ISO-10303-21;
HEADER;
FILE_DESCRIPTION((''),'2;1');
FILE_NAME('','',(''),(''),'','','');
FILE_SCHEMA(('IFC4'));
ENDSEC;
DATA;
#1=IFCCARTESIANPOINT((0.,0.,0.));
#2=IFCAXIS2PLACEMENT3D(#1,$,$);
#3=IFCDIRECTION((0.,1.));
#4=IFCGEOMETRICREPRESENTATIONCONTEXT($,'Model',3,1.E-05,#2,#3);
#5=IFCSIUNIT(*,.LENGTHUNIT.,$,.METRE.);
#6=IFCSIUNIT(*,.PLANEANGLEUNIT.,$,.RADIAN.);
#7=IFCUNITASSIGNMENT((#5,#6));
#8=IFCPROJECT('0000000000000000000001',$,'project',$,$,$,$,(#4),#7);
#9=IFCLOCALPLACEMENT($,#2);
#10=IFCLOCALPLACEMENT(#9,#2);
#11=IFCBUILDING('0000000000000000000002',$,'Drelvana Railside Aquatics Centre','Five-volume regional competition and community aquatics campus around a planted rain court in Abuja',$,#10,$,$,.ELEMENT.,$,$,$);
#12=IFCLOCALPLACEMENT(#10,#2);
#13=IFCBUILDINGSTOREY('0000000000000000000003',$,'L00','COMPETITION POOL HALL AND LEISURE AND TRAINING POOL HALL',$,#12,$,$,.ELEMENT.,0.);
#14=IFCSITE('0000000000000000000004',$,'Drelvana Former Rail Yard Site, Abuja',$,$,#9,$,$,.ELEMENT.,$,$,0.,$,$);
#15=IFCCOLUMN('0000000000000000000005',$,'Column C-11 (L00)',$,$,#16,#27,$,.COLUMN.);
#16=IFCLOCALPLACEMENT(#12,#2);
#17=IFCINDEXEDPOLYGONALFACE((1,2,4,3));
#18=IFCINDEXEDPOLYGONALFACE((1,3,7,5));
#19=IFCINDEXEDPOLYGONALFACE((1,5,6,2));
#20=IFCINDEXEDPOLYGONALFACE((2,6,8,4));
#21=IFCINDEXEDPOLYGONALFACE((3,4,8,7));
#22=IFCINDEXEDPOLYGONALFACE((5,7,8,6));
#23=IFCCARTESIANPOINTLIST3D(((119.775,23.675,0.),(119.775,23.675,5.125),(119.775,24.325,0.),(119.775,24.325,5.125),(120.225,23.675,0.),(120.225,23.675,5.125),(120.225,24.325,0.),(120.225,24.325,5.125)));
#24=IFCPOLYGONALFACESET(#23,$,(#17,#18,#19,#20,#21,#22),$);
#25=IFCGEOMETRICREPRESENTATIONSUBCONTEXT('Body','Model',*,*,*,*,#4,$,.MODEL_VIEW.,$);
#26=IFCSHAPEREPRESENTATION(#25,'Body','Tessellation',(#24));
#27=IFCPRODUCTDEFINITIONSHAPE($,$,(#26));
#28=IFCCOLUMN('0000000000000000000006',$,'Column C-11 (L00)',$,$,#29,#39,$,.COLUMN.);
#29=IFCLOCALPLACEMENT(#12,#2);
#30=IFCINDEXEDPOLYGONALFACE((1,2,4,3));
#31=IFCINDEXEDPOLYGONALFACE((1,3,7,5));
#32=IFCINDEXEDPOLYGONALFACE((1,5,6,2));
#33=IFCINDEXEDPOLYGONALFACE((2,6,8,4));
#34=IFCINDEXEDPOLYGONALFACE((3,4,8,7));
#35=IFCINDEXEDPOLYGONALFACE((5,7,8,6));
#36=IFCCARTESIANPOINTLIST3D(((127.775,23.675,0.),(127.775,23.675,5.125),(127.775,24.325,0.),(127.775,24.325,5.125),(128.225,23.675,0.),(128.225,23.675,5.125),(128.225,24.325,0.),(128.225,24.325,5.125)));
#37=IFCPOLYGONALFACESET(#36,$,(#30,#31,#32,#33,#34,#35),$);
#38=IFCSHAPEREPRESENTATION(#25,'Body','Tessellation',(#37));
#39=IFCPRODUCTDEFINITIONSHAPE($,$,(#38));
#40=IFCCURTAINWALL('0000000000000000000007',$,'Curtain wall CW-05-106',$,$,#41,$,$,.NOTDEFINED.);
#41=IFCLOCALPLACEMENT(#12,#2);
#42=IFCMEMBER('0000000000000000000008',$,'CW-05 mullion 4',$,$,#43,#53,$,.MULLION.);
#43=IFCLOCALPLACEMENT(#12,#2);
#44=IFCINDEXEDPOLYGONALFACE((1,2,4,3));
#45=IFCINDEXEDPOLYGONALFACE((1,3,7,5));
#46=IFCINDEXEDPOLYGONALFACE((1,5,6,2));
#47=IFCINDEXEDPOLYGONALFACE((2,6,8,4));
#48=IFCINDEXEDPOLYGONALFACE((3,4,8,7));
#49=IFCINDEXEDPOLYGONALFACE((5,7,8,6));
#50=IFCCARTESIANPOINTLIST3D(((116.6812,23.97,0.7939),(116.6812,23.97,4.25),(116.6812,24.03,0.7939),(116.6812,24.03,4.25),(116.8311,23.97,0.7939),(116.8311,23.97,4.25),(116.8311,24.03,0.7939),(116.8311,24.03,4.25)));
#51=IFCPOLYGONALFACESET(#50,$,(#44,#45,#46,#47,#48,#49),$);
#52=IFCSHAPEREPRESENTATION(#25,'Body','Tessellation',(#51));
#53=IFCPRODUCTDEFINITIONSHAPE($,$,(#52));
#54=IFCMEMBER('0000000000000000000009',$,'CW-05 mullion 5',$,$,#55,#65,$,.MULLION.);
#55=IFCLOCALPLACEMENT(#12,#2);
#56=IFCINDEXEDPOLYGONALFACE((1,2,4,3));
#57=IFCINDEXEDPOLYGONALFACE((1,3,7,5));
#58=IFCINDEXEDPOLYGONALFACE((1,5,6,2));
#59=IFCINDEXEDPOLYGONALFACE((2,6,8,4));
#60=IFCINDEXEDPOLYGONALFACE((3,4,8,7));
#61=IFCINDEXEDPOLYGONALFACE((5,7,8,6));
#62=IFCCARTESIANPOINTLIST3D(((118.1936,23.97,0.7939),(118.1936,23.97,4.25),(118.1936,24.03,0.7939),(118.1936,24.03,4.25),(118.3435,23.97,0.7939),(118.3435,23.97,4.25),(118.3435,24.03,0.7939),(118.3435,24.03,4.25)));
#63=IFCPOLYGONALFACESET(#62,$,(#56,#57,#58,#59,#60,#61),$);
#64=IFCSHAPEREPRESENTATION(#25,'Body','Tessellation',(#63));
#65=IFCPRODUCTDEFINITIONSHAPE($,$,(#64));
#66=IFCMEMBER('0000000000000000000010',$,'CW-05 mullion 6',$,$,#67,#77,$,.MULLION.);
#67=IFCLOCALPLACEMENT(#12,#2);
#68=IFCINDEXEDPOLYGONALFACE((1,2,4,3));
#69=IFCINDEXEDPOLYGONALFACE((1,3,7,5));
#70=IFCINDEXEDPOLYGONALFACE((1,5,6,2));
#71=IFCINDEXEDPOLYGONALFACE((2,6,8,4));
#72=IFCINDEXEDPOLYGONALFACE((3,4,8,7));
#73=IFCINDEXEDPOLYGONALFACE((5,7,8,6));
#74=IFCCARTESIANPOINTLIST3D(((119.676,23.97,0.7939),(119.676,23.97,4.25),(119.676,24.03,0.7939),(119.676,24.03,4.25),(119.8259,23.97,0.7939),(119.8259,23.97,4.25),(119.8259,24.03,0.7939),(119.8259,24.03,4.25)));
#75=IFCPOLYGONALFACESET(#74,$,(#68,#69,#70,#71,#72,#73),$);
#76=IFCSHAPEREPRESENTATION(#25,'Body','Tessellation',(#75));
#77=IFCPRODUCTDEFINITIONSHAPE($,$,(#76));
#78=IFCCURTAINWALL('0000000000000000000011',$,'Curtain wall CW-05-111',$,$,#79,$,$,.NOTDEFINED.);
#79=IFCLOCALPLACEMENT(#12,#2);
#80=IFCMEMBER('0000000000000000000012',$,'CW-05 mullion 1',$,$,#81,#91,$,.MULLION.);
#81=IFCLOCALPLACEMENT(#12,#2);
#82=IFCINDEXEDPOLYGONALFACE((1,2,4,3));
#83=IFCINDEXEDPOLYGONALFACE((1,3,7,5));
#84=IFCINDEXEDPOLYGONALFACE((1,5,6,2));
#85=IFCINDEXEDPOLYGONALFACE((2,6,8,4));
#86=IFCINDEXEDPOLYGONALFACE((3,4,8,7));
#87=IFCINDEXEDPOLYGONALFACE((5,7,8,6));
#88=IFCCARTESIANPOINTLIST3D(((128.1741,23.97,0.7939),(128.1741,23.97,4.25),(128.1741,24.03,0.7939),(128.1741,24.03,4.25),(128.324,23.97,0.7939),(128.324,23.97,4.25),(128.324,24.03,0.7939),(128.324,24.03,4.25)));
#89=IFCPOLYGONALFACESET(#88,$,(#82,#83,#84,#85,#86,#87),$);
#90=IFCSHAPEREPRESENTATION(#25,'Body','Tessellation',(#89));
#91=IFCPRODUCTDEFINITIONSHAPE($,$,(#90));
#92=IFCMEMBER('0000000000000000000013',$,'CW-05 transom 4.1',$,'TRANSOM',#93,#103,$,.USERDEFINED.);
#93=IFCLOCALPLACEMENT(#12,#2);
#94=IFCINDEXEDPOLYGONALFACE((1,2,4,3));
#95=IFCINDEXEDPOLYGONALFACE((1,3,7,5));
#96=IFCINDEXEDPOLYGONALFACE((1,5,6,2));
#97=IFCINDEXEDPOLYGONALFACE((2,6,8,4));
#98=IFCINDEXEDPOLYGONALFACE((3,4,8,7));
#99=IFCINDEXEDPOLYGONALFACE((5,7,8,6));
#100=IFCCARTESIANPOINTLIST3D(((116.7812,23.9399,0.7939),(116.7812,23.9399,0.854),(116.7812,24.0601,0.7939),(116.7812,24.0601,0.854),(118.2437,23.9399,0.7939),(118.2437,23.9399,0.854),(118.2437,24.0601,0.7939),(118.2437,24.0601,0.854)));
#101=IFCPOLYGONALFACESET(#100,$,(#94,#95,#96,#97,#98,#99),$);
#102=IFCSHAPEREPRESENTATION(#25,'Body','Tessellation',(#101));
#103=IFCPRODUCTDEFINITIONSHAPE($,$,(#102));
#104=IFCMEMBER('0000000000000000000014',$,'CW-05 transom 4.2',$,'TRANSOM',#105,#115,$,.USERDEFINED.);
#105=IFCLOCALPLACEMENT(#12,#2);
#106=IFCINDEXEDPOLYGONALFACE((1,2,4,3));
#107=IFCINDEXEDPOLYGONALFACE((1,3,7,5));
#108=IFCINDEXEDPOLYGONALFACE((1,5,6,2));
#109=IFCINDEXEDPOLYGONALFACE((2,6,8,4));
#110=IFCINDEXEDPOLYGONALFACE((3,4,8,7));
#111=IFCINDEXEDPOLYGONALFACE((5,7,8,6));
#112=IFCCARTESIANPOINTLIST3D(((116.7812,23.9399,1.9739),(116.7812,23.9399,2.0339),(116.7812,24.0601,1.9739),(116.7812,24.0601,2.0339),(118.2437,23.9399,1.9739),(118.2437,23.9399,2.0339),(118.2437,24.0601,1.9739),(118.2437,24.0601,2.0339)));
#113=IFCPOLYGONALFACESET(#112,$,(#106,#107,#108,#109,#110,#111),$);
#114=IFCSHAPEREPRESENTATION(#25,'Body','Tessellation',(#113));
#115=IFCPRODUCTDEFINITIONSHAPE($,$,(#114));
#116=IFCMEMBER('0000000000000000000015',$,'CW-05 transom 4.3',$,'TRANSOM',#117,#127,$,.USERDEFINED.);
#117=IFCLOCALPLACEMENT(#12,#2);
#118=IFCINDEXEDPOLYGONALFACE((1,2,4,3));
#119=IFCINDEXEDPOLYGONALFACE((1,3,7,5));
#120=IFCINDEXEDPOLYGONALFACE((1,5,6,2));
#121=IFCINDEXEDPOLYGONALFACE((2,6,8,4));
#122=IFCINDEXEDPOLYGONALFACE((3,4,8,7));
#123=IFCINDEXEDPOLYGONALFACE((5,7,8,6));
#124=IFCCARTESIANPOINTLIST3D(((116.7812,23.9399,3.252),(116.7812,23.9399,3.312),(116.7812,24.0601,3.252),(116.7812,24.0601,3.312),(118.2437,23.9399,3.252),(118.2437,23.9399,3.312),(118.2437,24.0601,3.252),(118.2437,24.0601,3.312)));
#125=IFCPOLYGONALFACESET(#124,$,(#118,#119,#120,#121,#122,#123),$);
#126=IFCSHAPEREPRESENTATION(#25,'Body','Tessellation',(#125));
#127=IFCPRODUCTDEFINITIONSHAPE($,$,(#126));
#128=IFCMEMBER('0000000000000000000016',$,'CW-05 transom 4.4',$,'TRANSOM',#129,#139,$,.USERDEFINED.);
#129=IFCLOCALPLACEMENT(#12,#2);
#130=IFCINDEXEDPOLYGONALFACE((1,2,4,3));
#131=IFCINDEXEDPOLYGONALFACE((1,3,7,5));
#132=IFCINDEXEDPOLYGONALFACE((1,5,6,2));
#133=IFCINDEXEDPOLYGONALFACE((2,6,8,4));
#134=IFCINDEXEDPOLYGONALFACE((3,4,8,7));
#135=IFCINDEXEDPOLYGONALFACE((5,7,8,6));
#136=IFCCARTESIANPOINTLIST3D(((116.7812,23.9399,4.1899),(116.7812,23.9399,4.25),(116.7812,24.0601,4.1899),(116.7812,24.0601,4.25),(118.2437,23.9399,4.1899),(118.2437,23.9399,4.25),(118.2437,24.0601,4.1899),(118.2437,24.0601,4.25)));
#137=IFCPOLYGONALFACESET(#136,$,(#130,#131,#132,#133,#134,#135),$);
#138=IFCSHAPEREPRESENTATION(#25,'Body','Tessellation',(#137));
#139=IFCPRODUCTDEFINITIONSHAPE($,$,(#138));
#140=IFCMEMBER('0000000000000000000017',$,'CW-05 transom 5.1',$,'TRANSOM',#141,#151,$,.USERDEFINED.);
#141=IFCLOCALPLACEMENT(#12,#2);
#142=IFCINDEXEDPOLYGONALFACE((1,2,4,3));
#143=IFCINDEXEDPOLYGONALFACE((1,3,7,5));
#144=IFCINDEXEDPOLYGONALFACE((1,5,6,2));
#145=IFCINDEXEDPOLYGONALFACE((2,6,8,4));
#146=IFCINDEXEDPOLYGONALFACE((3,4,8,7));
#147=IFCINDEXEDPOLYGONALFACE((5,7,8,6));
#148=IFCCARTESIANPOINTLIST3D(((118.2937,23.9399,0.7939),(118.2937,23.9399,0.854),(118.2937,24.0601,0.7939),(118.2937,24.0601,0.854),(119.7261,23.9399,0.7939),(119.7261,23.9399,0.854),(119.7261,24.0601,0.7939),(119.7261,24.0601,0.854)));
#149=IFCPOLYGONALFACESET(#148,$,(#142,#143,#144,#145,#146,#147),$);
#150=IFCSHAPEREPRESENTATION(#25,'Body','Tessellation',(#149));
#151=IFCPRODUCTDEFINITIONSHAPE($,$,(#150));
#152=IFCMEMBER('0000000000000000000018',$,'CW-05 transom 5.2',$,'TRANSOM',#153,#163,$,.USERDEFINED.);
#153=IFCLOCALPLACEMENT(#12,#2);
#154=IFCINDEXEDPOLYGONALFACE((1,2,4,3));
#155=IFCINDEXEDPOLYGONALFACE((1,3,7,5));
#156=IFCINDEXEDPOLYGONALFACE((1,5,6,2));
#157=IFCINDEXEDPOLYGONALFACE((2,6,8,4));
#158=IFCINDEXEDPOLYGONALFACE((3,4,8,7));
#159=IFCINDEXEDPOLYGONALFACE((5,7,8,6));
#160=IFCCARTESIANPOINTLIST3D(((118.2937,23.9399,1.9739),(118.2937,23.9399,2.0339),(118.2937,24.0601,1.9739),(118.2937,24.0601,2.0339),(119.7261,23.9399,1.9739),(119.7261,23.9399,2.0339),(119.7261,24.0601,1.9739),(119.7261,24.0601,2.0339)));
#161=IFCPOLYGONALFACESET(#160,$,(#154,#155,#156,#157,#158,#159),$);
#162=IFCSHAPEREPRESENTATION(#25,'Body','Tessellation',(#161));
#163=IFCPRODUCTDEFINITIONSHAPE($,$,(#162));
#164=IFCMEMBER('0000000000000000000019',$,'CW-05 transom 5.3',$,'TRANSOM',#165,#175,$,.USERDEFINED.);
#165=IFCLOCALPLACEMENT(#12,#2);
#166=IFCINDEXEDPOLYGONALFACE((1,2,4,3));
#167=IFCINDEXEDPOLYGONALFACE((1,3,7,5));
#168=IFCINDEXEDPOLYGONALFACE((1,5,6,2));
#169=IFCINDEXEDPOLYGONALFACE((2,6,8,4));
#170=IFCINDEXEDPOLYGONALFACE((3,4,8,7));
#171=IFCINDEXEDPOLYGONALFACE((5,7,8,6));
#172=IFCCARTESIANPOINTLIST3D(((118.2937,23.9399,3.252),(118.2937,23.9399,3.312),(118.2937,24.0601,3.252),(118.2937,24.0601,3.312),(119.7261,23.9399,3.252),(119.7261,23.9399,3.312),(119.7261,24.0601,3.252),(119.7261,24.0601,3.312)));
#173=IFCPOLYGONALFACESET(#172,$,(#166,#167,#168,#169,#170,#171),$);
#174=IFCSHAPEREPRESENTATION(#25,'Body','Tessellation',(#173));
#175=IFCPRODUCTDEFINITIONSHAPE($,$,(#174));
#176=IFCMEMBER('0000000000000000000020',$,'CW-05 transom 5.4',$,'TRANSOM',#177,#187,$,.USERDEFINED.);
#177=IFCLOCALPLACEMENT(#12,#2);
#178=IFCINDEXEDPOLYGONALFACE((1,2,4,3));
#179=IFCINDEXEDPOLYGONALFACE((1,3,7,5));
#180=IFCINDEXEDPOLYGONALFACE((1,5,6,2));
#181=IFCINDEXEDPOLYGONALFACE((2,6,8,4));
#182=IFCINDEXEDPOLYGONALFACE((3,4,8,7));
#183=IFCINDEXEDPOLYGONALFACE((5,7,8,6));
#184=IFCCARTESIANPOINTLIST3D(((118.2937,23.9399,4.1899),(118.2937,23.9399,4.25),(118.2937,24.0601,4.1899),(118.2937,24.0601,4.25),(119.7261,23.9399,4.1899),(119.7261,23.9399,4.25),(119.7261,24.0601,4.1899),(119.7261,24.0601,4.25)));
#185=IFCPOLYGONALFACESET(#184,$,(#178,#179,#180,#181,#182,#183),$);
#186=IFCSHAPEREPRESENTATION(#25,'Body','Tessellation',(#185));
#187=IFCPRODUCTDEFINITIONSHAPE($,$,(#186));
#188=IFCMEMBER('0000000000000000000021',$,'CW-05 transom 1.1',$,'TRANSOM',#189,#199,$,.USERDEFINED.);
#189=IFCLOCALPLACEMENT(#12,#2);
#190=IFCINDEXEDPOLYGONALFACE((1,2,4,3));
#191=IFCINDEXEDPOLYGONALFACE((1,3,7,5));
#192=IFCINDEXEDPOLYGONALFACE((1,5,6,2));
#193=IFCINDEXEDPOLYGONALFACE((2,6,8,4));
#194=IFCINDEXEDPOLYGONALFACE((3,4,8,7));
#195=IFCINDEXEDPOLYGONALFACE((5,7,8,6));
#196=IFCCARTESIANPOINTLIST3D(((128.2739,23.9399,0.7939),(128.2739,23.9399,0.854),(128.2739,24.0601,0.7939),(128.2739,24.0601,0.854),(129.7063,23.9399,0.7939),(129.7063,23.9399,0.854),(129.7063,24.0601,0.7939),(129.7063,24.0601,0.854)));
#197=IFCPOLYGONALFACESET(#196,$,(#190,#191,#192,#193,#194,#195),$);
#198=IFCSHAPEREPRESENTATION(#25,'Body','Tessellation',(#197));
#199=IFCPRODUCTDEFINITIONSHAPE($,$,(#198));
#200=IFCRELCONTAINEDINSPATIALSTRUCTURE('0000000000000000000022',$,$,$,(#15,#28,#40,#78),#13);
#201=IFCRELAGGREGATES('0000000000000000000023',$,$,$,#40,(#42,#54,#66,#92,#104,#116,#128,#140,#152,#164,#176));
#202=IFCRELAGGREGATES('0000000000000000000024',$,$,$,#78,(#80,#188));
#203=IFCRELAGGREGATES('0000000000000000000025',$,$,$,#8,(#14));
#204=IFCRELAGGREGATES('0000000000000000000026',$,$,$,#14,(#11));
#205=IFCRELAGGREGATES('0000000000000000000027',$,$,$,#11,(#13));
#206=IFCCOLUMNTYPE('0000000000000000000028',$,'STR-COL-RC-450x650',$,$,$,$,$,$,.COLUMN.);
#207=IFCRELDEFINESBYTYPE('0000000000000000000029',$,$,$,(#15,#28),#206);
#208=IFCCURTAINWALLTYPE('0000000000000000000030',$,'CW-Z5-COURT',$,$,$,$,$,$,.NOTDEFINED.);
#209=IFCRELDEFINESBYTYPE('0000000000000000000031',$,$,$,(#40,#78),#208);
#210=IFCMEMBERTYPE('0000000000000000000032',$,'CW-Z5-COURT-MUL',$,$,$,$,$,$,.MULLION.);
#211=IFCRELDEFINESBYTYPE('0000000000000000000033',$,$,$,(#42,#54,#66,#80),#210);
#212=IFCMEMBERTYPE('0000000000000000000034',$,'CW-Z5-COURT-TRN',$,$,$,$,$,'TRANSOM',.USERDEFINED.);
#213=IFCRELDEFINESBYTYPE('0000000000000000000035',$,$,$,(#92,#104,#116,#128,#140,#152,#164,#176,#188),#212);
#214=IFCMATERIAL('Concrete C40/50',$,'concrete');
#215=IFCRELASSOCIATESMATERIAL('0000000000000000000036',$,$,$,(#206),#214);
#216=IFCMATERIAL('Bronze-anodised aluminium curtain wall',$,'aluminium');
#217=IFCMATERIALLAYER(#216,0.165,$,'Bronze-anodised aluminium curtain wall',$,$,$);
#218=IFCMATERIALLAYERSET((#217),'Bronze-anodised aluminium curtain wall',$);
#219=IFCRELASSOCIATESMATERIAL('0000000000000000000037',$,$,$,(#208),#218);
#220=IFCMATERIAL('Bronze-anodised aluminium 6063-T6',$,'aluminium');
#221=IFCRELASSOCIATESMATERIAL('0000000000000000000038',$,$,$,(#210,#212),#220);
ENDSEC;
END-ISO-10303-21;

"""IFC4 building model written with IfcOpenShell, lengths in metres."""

from ifc_helpers import new_model, si_unit, direction, frame, origin, origin_2d, place, context, subcontext, project, spatial, rectangle, extrude, material, layer, layer_set, material_profile, profile_set, type_object, element, aggregate, save


model = new_model("IFC4")

# Units and contexts
model_context = context("Model", 3, precision=1e-05, world=origin(), true_north=direction((0.0, 1.0)))
body_context = subcontext(model_context, "Body", "Model", "MODEL_VIEW")
ifc_project = project(units=[si_unit("LENGTHUNIT", "METRE"), si_unit("PLANEANGLEUNIT", "RADIAN")], contexts=[model_context])

# Site, building, storey
site_placement = place(None, origin())
site = spatial("IfcSite", under=ifc_project, at=site_placement, Name="Drelvana Former Rail Yard Site, Abuja", CompositionType="ELEMENT", RefElevation=0.0)
building_placement = place(site_placement, origin())
building = spatial("IfcBuilding", under=site, at=building_placement, Name="Drelvana Railside Aquatics Centre", Description="Five-volume regional competition and community aquatics campus around a planted rain court in Abuja", CompositionType="ELEMENT")
storey_placement = place(building_placement, origin())
storey = spatial("IfcBuildingStorey", under=building, at=storey_placement, Name="L00", Description="COMPETITION POOL HALL AND LEISURE AND TRAINING POOL HALL", CompositionType="ELEMENT", Elevation=0.0)

# Columns
ifc_material_1 = material(Name="Concrete C40/50", Category="concrete")
ifc_material_profile_1 = material_profile(ifc_material_1, rectangle(XDim=0.45, YDim=0.6499, at=origin_2d()), Name="RC 450x650")
ifc_profile_set_1 = profile_set([ifc_material_profile_1], Name="Concrete C40/50")
column_type = type_object("IfcColumnType", Name="STR-COL-RC-450x650", PredefinedType="COLUMN", material=ifc_profile_set_1)
for number, where, z_axis, x_axis, name in (
    (1, (120.0, 24.0, 0.0), (0.0, 0.0, 1.0), (1.0, 0.0, 0.0), "Column C-11 (L00)"),
    (2, (128.0, 24.0, 0.0), (0.0, 0.0, 1.0), (1.0, 0.0, 0.0), "Column C-11 (L00)"),
):
    element("IfcColumn", number, at=place(storey_placement, frame(where, z_axis=z_axis, x_axis=x_axis)), inside=storey, type_object=column_type, Name=name, PredefinedType="COLUMN", context=body_context, shape_type="SweptSolid", body=[
        extrude(rectangle(XDim=0.45, YDim=0.6499, at=origin_2d()), origin(), (0.0, 0.0, 1.0), 5.125),
    ])

# Curtain wall, members
ifc_material_2 = material(Name="Bronze-anodised aluminium curtain wall", Category="aluminium")
ifc_layer_1 = layer(ifc_material_2, 0.165, Name="Bronze-anodised aluminium curtain wall")
ifc_layer_set_1 = layer_set([ifc_layer_1], Name="Bronze-anodised aluminium curtain wall")
curtain_wall_type = type_object("IfcCurtainWallType", Name="CW-Z5-COURT", PredefinedType="NOTDEFINED", material=ifc_layer_set_1)
curtain_wall_1_placement = place(storey_placement, origin())
curtain_wall_1 = element("IfcCurtainWall", 3, at=curtain_wall_1_placement, inside=storey, type_object=curtain_wall_type, Name="Curtain wall CW-05-106", PredefinedType="NOTDEFINED")
ifc_material_3 = material(Name="Bronze-anodised aluminium 6063-T6", Category="aluminium")
ifc_material_profile_2 = material_profile(ifc_material_3, rectangle(XDim=0.0601, YDim=0.1499, at=origin_2d()), Name="ALU-M 60x150")
ifc_profile_set_2 = profile_set([ifc_material_profile_2], Name="Bronze-anodised aluminium 6063-T6")
member_type_1 = type_object("IfcMemberType", Name="CW-Z5-COURT-MUL", PredefinedType="MULLION", material=ifc_profile_set_2)
member_1_placement = place(storey_placement, frame((116.7561, 24.0, 0.7939), z_axis=(0.0, 0.0, 1.0), x_axis=(0.0, 1.0, 0.0)))
member_1 = element("IfcMember", 4, at=member_1_placement, type_object=member_type_1, Name="CW-05 mullion 4", PredefinedType="MULLION", context=body_context, shape_type="SweptSolid", body=[
    extrude(rectangle(XDim=0.0601, YDim=0.1499, at=origin_2d()), origin(), (0.0, 0.0, 1.0), 3.4561),
])
member_2_placement = place(storey_placement, frame((118.2686, 24.0, 0.7939), z_axis=(0.0, 0.0, 1.0), x_axis=(0.0, 1.0, 0.0)))
member_2 = element("IfcMember", 5, at=member_2_placement, type_object=member_type_1, Name="CW-05 mullion 5", PredefinedType="MULLION", context=body_context, shape_type="SweptSolid", body=[
    extrude(rectangle(XDim=0.0601, YDim=0.1499, at=origin_2d()), origin(), (0.0, 0.0, 1.0), 3.4561),
])
member_3_placement = place(storey_placement, frame((119.751, 24.0, 0.7939), z_axis=(0.0, 0.0, 1.0), x_axis=(0.0, 1.0, 0.0)))
member_3 = element("IfcMember", 6, at=member_3_placement, type_object=member_type_1, Name="CW-05 mullion 6", PredefinedType="MULLION", context=body_context, shape_type="SweptSolid", body=[
    extrude(rectangle(XDim=0.0601, YDim=0.1499, at=origin_2d()), origin(), (0.0, 0.0, 1.0), 3.4561),
])

# Curtain wall, member
curtain_wall_2_placement = place(storey_placement, origin())
curtain_wall_2 = element("IfcCurtainWall", 7, at=curtain_wall_2_placement, inside=storey, type_object=curtain_wall_type, Name="Curtain wall CW-05-111", PredefinedType="NOTDEFINED")
member_4_placement = place(storey_placement, frame((128.249, 24.0, 0.7939), z_axis=(0.0, 0.0, 1.0), x_axis=(0.0, 1.0, 0.0)))
member_4 = element("IfcMember", 8, at=member_4_placement, type_object=member_type_1, Name="CW-05 mullion 1", PredefinedType="MULLION", context=body_context, shape_type="SweptSolid", body=[
    extrude(rectangle(XDim=0.0601, YDim=0.1499, at=origin_2d()), origin(), (0.0, 0.0, 1.0), 3.4561),
])

# Members
ifc_material_profile_3 = material_profile(ifc_material_3, rectangle(XDim=0.1201, YDim=0.0601, at=origin_2d()), Name="ALU-T 60x120")
ifc_profile_set_3 = profile_set([ifc_material_profile_3], Name="Bronze-anodised aluminium 6063-T6")
member_type_2 = type_object("IfcMemberType", Name="CW-Z5-COURT-TRN", ElementType="TRANSOM", PredefinedType="USERDEFINED", material=ifc_profile_set_3)
member_5_placement = place(storey_placement, frame((116.7812, 24.0, 0.824), z_axis=(1.0, 0.0, 0.0), x_axis=(0.0, 1.0, 0.0)))
member_5 = element("IfcMember", 9, at=member_5_placement, type_object=member_type_2, Name="CW-05 transom 4.1", ObjectType="TRANSOM", PredefinedType="USERDEFINED", context=body_context, shape_type="SweptSolid", body=[
    extrude(rectangle(XDim=0.1201, YDim=0.0601, at=origin_2d()), origin(), (0.0, 0.0, 1.0), 1.4624),
])
member_6_placement = place(storey_placement, frame((116.7812, 24.0, 2.0039), z_axis=(1.0, 0.0, 0.0), x_axis=(0.0, 1.0, 0.0)))
member_6 = element("IfcMember", 10, at=member_6_placement, type_object=member_type_2, Name="CW-05 transom 4.2", ObjectType="TRANSOM", PredefinedType="USERDEFINED", context=body_context, shape_type="SweptSolid", body=[
    extrude(rectangle(XDim=0.1201, YDim=0.0601, at=origin_2d()), origin(), (0.0, 0.0, 1.0), 1.4624),
])
member_7_placement = place(storey_placement, frame((116.7812, 24.0, 3.282), z_axis=(1.0, 0.0, 0.0), x_axis=(0.0, 1.0, 0.0)))
member_7 = element("IfcMember", 11, at=member_7_placement, type_object=member_type_2, Name="CW-05 transom 4.3", ObjectType="TRANSOM", PredefinedType="USERDEFINED", context=body_context, shape_type="SweptSolid", body=[
    extrude(rectangle(XDim=0.1201, YDim=0.0601, at=origin_2d()), origin(), (0.0, 0.0, 1.0), 1.4624),
])
member_8_placement = place(storey_placement, frame((116.7812, 24.0, 4.22), z_axis=(1.0, 0.0, 0.0), x_axis=(0.0, 1.0, 0.0)))
member_8 = element("IfcMember", 12, at=member_8_placement, type_object=member_type_2, Name="CW-05 transom 4.4", ObjectType="TRANSOM", PredefinedType="USERDEFINED", context=body_context, shape_type="SweptSolid", body=[
    extrude(rectangle(XDim=0.1201, YDim=0.0601, at=origin_2d()), origin(), (0.0, 0.0, 1.0), 1.4624),
])
member_9_placement = place(storey_placement, frame((118.2937, 24.0, 0.824), z_axis=(1.0, 0.0, 0.0), x_axis=(0.0, 1.0, 0.0)))
member_9 = element("IfcMember", 13, at=member_9_placement, type_object=member_type_2, Name="CW-05 transom 5.1", ObjectType="TRANSOM", PredefinedType="USERDEFINED", context=body_context, shape_type="SweptSolid", body=[
    extrude(rectangle(XDim=0.1201, YDim=0.0601, at=origin_2d()), origin(), (0.0, 0.0, 1.0), 1.4324),
])
member_10_placement = place(storey_placement, frame((118.2937, 24.0, 2.0039), z_axis=(1.0, 0.0, 0.0), x_axis=(0.0, 1.0, 0.0)))
member_10 = element("IfcMember", 14, at=member_10_placement, type_object=member_type_2, Name="CW-05 transom 5.2", ObjectType="TRANSOM", PredefinedType="USERDEFINED", context=body_context, shape_type="SweptSolid", body=[
    extrude(rectangle(XDim=0.1201, YDim=0.0601, at=origin_2d()), origin(), (0.0, 0.0, 1.0), 1.4324),
])
member_11_placement = place(storey_placement, frame((118.2937, 24.0, 3.282), z_axis=(1.0, 0.0, 0.0), x_axis=(0.0, 1.0, 0.0)))
member_11 = element("IfcMember", 15, at=member_11_placement, type_object=member_type_2, Name="CW-05 transom 5.3", ObjectType="TRANSOM", PredefinedType="USERDEFINED", context=body_context, shape_type="SweptSolid", body=[
    extrude(rectangle(XDim=0.1201, YDim=0.0601, at=origin_2d()), origin(), (0.0, 0.0, 1.0), 1.4324),
])
member_12_placement = place(storey_placement, frame((118.2937, 24.0, 4.22), z_axis=(1.0, 0.0, 0.0), x_axis=(0.0, 1.0, 0.0)))
member_12 = element("IfcMember", 16, at=member_12_placement, type_object=member_type_2, Name="CW-05 transom 5.4", ObjectType="TRANSOM", PredefinedType="USERDEFINED", context=body_context, shape_type="SweptSolid", body=[
    extrude(rectangle(XDim=0.1201, YDim=0.0601, at=origin_2d()), origin(), (0.0, 0.0, 1.0), 1.4324),
])
member_13_placement = place(storey_placement, frame((128.2739, 24.0, 0.824), z_axis=(1.0, 0.0, 0.0), x_axis=(0.0, 1.0, 0.0)))
member_13 = element("IfcMember", 17, at=member_13_placement, type_object=member_type_2, Name="CW-05 transom 1.1", ObjectType="TRANSOM", PredefinedType="USERDEFINED", context=body_context, shape_type="SweptSolid", body=[
    extrude(rectangle(XDim=0.1201, YDim=0.0601, at=origin_2d()), origin(), (0.0, 0.0, 1.0), 1.4324),
])

aggregate(curtain_wall_1, [member_1, member_2, member_3, member_5, member_6, member_7, member_8, member_9, member_10, member_11, member_12])
aggregate(curtain_wall_2, [member_4, member_13])

save(model, "model.ifc")
